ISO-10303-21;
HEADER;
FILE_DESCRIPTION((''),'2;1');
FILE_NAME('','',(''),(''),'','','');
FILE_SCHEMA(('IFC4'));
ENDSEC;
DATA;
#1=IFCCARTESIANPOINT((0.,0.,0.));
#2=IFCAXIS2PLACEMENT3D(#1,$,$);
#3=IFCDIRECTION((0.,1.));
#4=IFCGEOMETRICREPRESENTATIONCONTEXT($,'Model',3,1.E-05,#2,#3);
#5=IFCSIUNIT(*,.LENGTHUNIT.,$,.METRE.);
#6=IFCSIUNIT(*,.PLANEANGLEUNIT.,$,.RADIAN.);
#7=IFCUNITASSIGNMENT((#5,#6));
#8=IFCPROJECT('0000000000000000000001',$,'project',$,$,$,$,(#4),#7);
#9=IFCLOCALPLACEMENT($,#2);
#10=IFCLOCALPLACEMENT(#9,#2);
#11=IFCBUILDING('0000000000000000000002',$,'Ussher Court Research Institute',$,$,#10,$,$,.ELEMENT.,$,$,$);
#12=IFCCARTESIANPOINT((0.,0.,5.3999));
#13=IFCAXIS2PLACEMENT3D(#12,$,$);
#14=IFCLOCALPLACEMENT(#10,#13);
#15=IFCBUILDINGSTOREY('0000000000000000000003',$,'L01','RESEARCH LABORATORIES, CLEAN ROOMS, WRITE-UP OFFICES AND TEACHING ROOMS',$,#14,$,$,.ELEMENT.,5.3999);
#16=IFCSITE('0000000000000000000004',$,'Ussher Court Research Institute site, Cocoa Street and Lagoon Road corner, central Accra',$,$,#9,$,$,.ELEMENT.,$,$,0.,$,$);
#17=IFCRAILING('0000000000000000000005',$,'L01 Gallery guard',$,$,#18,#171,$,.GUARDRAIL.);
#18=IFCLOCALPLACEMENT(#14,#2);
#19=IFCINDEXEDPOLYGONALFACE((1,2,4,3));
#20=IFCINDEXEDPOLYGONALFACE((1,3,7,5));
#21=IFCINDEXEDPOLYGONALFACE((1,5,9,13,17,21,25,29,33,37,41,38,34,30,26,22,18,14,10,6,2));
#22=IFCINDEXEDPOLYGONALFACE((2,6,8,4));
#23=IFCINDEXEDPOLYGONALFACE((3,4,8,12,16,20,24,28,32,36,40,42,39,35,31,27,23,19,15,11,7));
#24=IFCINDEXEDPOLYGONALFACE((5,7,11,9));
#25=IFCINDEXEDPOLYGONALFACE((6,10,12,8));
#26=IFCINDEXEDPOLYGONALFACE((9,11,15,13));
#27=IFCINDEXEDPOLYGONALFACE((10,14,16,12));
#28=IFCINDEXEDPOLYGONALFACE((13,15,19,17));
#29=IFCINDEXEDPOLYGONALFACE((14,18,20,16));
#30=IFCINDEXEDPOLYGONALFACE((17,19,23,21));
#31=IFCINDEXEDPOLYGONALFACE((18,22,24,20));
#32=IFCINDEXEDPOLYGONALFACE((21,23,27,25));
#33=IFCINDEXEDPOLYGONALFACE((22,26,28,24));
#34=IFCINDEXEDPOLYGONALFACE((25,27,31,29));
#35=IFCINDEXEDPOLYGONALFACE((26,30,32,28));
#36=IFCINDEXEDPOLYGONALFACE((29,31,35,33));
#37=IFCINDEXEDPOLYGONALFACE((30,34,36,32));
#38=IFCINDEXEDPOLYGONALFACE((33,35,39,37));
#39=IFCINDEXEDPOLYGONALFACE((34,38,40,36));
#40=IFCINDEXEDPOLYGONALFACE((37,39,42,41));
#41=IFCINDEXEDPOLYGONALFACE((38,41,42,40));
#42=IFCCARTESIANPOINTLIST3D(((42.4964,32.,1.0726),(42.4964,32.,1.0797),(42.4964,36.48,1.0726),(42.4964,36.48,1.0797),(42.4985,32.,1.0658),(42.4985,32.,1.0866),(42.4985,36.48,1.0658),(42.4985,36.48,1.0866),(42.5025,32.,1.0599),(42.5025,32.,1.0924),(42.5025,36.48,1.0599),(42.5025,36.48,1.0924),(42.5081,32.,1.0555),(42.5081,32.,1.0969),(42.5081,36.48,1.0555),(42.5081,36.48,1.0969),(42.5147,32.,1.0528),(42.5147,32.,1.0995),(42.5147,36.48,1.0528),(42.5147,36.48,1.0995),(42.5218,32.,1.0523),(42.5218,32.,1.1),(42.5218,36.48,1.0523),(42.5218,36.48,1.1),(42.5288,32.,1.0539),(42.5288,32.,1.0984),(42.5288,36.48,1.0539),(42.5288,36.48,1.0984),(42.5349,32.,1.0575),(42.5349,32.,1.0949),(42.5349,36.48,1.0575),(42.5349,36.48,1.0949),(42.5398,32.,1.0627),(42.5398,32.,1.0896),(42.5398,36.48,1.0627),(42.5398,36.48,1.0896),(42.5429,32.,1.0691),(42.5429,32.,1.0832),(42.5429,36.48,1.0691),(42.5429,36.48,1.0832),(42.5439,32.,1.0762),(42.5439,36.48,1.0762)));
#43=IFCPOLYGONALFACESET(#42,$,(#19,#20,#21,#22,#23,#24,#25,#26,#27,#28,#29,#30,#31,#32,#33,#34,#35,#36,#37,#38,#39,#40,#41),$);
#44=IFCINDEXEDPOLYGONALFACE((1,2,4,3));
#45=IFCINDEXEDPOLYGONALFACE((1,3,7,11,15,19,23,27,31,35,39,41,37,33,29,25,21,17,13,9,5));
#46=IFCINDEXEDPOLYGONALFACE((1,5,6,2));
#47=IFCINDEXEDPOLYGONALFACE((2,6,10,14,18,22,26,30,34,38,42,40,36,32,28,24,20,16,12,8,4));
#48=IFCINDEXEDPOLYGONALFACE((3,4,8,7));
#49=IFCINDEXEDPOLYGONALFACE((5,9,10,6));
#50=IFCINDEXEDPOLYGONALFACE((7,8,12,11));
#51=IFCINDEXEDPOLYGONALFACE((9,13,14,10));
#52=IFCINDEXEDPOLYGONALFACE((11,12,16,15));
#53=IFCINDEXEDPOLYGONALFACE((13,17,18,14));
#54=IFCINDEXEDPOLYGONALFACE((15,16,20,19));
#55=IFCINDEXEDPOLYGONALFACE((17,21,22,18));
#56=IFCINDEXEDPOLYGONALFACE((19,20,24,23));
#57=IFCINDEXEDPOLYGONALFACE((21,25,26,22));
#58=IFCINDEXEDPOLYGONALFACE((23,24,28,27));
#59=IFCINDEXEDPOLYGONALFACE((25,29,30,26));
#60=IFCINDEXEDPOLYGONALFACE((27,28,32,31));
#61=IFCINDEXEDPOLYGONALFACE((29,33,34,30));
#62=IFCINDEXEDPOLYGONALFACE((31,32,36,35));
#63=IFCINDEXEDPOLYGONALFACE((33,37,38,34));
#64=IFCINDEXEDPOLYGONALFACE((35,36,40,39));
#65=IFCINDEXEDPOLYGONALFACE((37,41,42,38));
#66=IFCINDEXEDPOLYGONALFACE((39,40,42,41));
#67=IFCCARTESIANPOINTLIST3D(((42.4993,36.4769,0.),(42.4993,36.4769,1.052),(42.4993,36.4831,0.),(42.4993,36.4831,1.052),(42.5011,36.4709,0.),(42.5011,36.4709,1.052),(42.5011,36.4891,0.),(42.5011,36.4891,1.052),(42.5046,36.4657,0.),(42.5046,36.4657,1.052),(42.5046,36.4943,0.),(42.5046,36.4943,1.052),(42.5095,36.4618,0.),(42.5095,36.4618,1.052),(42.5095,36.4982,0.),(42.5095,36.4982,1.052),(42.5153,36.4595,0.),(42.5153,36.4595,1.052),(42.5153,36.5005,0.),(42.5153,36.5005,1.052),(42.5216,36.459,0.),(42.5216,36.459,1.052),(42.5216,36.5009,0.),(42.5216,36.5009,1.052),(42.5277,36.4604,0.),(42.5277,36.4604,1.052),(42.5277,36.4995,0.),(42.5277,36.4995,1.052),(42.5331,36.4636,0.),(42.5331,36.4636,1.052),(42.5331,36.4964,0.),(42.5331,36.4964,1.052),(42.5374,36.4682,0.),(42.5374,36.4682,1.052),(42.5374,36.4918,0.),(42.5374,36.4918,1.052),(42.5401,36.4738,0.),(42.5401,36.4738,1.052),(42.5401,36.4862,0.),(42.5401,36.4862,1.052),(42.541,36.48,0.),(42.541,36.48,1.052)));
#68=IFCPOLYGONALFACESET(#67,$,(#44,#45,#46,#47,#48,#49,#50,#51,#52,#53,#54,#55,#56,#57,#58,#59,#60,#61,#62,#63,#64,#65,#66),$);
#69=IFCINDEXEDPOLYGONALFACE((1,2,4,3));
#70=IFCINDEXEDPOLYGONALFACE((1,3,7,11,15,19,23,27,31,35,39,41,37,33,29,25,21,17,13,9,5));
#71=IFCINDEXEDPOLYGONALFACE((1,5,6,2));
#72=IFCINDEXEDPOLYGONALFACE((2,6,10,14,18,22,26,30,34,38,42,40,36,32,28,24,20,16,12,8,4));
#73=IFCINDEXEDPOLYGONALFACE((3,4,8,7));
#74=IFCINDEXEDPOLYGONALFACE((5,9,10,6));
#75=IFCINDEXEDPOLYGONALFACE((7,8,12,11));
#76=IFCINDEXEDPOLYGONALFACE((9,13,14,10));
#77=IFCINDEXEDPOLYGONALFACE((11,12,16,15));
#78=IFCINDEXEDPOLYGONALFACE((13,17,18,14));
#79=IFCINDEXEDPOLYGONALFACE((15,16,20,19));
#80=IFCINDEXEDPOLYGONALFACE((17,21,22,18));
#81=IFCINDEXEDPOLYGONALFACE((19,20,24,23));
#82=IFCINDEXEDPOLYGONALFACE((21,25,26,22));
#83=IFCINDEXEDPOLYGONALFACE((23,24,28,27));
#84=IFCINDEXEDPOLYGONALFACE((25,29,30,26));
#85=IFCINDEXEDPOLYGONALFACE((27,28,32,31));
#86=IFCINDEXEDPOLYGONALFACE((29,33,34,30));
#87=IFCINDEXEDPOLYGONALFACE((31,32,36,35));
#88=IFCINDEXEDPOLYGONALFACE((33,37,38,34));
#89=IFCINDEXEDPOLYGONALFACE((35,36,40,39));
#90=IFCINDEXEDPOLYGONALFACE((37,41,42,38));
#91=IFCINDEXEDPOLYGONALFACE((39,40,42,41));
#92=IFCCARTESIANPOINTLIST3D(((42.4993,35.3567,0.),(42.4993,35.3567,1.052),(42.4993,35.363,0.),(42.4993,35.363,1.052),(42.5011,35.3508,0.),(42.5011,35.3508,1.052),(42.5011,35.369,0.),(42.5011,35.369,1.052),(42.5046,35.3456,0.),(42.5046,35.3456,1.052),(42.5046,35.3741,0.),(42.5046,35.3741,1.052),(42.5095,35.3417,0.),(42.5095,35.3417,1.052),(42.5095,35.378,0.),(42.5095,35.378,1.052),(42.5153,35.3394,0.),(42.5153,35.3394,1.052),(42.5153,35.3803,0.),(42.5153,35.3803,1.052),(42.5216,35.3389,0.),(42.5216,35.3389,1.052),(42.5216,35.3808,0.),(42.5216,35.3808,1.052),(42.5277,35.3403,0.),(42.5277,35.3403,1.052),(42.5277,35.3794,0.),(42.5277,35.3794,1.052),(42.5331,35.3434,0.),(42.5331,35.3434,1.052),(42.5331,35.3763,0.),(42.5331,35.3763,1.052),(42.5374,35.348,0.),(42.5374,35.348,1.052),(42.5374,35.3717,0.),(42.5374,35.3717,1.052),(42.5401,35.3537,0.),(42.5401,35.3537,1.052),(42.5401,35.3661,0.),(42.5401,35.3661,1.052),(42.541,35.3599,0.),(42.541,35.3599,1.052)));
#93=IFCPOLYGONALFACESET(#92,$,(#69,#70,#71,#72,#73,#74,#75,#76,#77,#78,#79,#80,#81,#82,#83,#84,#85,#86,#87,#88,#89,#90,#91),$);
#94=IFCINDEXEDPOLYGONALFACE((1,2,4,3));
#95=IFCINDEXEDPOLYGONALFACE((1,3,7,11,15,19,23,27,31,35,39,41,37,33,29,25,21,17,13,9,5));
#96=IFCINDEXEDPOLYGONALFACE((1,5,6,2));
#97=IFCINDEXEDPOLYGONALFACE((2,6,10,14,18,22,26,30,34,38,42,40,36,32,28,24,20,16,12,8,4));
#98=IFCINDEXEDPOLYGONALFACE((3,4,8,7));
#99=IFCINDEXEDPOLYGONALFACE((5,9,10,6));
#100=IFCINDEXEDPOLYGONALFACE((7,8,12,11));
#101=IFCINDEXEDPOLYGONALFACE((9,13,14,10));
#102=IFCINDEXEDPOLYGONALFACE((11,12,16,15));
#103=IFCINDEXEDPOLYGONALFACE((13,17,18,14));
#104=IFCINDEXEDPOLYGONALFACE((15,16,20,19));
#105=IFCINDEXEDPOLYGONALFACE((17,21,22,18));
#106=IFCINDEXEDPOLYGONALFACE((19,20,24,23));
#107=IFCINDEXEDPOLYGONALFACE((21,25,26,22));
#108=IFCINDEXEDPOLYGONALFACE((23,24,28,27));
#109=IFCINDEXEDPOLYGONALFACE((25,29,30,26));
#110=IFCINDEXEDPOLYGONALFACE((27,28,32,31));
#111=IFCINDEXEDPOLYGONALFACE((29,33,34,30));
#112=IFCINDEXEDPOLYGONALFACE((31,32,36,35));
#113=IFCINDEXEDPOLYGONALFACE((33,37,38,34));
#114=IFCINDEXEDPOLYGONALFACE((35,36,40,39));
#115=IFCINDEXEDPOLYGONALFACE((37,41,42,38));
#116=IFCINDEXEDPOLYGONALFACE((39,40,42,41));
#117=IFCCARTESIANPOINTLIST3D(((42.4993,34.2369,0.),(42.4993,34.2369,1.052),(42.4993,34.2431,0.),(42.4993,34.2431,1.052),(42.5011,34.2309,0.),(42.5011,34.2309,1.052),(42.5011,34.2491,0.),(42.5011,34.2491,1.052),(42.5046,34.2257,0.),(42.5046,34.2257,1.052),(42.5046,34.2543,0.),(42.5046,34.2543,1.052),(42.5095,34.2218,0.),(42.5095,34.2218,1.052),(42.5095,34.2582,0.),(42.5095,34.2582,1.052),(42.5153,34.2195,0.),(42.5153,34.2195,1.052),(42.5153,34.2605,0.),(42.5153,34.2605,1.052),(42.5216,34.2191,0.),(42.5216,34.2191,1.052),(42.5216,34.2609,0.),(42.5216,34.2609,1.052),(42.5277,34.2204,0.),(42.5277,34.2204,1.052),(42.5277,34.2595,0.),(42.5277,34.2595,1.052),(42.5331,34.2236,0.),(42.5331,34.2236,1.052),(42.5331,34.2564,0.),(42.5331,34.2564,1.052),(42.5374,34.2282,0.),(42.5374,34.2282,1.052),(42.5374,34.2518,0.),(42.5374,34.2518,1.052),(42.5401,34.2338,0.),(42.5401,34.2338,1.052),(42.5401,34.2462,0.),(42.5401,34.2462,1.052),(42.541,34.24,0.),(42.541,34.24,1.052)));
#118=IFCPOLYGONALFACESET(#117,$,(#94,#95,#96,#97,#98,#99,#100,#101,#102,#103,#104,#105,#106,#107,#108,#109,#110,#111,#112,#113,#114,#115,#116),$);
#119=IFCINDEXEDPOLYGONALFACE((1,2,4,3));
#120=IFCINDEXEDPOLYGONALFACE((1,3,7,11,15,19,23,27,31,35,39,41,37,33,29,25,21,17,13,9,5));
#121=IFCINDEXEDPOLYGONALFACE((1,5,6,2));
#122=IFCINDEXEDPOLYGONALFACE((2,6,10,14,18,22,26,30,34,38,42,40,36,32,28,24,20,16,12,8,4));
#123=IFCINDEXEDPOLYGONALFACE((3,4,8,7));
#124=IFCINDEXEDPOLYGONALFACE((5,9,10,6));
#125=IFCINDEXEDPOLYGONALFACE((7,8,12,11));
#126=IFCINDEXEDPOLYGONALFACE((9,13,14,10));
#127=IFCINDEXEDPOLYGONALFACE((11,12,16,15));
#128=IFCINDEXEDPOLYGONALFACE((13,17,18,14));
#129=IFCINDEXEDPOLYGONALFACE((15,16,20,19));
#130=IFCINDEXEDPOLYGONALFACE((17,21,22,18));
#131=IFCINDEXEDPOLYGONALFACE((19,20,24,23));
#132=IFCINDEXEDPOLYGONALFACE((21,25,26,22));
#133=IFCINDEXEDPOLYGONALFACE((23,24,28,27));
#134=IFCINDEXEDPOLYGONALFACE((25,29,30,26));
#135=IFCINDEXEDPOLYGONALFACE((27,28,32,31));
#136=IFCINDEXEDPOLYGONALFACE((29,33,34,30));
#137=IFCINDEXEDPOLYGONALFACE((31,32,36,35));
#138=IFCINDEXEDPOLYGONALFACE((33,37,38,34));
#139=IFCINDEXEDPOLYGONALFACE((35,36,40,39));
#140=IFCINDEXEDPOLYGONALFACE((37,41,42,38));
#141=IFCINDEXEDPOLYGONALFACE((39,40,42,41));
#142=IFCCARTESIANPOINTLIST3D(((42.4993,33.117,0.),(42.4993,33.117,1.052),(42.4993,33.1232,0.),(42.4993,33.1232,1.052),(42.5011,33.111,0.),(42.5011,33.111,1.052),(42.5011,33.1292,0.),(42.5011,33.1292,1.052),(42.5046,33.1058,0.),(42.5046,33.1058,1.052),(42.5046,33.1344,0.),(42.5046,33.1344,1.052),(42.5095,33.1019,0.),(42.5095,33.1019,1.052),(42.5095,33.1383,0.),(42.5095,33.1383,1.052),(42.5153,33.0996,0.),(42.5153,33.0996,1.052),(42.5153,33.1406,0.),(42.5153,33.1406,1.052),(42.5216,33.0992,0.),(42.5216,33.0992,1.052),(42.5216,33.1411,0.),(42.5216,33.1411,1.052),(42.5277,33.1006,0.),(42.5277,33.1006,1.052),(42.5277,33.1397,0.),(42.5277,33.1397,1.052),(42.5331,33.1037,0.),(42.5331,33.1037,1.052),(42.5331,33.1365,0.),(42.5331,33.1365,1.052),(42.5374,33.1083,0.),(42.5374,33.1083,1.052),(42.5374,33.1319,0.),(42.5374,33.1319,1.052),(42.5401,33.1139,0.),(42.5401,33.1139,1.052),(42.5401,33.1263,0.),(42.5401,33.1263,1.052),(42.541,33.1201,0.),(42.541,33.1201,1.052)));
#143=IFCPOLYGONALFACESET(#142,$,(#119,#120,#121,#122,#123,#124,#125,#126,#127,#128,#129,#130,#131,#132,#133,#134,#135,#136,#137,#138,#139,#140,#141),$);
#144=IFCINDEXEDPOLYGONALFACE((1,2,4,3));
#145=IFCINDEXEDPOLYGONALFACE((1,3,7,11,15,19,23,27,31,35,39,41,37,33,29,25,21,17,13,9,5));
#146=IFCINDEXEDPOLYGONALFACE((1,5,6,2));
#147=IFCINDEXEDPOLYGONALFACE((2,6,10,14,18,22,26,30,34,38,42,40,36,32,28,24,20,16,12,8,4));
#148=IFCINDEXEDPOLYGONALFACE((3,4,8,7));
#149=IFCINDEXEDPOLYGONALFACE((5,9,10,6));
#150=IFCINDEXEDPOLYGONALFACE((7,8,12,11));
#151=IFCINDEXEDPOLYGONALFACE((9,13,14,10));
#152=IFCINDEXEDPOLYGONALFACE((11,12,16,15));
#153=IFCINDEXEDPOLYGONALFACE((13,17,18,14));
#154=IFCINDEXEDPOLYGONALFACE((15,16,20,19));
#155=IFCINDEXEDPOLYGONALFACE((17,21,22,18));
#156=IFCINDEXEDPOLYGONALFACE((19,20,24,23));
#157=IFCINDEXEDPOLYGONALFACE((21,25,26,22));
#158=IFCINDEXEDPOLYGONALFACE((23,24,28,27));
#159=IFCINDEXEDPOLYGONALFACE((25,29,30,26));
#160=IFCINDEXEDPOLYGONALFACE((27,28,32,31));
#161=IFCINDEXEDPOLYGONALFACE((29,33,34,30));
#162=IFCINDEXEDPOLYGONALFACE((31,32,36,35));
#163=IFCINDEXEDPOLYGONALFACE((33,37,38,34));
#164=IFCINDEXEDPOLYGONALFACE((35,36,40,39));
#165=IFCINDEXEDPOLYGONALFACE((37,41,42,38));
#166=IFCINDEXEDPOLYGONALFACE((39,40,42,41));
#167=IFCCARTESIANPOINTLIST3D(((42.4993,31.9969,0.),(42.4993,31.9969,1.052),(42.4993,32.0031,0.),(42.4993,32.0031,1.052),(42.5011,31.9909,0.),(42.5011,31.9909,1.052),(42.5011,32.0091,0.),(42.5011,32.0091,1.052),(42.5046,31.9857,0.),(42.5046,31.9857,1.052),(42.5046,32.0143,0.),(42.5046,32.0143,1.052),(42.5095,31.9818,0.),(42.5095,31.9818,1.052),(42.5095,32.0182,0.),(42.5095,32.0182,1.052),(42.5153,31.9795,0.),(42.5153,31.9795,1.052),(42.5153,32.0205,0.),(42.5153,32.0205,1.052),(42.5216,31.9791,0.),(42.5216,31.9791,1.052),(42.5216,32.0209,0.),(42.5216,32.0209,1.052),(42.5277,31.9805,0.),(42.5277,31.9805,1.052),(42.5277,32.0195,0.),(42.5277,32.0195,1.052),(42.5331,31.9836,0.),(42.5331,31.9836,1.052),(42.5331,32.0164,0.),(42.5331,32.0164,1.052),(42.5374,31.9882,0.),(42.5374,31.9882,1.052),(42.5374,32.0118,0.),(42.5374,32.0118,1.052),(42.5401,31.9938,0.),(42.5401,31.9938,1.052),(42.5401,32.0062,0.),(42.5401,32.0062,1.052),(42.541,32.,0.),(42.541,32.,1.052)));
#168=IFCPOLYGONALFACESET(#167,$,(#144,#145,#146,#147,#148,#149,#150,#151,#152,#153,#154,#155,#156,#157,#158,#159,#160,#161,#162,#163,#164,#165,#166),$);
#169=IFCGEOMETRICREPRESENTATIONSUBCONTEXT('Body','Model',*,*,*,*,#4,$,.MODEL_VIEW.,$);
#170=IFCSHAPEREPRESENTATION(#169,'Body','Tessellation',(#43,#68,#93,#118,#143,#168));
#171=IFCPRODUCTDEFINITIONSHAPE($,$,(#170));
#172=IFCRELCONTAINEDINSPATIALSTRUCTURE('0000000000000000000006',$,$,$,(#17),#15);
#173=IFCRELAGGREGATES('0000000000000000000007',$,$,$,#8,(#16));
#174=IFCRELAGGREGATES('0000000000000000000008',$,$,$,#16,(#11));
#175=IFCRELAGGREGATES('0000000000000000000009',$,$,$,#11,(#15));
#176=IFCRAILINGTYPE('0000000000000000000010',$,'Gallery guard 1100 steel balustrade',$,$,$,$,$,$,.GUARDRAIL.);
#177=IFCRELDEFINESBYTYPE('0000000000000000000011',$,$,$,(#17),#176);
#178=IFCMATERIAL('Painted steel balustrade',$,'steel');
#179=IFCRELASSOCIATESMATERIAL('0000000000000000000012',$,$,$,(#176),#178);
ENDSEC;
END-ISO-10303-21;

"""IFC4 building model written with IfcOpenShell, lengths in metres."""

from ifc_helpers import new_model, si_unit, direction, frame, origin, origin_2d, place, context, subcontext, project, spatial, circle, extrude, material, type_object, element, save


model = new_model("IFC4")

# Units and contexts
model_context = context("Model", 3, precision=1e-05, world=origin(), true_north=direction((0.0, 1.0)))
body_context = subcontext(model_context, "Body", "Model", "MODEL_VIEW")
ifc_project = project(units=[si_unit("LENGTHUNIT", "METRE"), si_unit("PLANEANGLEUNIT", "RADIAN")], contexts=[model_context])

# Site, building, storey
site_placement = place(None, origin())
site = spatial("IfcSite", under=ifc_project, at=site_placement, Name="Ussher Court Research Institute site, Cocoa Street and Lagoon Road corner, central Accra", CompositionType="ELEMENT", RefElevation=0.0)
building_placement = place(site_placement, origin())
building = spatial("IfcBuilding", under=site, at=building_placement, Name="Ussher Court Research Institute", CompositionType="ELEMENT")
storey_placement = place(building_placement, frame((0.0, 0.0, 5.3999)))
storey = spatial("IfcBuildingStorey", under=building, at=storey_placement, Name="L01", Description="RESEARCH LABORATORIES, CLEAN ROOMS, WRITE-UP OFFICES AND TEACHING ROOMS", CompositionType="ELEMENT", Elevation=5.3999)

# Railing
ifc_material_1 = material(Name="Painted steel balustrade", Category="steel")
railing_type = type_object("IfcRailingType", Name="Gallery guard 1100 steel balustrade", PredefinedType="GUARDRAIL", material=ifc_material_1)
railing_placement = place(storey_placement, frame((42.52, 36.48, 0.0)))
element("IfcRailing", 1, at=railing_placement, inside=storey, type_object=railing_type, Name="L01 Gallery guard", PredefinedType="GUARDRAIL", context=body_context, shape_type="SweptSolid", body=[
    extrude(circle(Radius=0.0239, at=origin_2d()), frame((0.0, 0.0, 1.0762), z_axis=(0.0, -1.0, 0.0), x_axis=(1.0, 0.0, 0.0)), (0.0, 0.0, 1.0), 4.48),
    extrude(circle(Radius=0.021, at=origin_2d()), origin(), (0.0, 0.0, 1.0), 1.052),
    extrude(circle(Radius=0.021, at=origin_2d()), frame((0.0, -1.1201, 0.0)), (0.0, 0.0, 1.0), 1.052),
    extrude(circle(Radius=0.021, at=origin_2d()), frame((0.0, -2.24, 0.0)), (0.0, 0.0, 1.0), 1.052),
    extrude(circle(Radius=0.021, at=origin_2d()), frame((0.0, -3.3599, 0.0)), (0.0, 0.0, 1.0), 1.052),
    extrude(circle(Radius=0.021, at=origin_2d()), frame((0.0, -4.48, 0.0)), (0.0, 0.0, 1.0), 1.052),
])

save(model, "model.ifc")
